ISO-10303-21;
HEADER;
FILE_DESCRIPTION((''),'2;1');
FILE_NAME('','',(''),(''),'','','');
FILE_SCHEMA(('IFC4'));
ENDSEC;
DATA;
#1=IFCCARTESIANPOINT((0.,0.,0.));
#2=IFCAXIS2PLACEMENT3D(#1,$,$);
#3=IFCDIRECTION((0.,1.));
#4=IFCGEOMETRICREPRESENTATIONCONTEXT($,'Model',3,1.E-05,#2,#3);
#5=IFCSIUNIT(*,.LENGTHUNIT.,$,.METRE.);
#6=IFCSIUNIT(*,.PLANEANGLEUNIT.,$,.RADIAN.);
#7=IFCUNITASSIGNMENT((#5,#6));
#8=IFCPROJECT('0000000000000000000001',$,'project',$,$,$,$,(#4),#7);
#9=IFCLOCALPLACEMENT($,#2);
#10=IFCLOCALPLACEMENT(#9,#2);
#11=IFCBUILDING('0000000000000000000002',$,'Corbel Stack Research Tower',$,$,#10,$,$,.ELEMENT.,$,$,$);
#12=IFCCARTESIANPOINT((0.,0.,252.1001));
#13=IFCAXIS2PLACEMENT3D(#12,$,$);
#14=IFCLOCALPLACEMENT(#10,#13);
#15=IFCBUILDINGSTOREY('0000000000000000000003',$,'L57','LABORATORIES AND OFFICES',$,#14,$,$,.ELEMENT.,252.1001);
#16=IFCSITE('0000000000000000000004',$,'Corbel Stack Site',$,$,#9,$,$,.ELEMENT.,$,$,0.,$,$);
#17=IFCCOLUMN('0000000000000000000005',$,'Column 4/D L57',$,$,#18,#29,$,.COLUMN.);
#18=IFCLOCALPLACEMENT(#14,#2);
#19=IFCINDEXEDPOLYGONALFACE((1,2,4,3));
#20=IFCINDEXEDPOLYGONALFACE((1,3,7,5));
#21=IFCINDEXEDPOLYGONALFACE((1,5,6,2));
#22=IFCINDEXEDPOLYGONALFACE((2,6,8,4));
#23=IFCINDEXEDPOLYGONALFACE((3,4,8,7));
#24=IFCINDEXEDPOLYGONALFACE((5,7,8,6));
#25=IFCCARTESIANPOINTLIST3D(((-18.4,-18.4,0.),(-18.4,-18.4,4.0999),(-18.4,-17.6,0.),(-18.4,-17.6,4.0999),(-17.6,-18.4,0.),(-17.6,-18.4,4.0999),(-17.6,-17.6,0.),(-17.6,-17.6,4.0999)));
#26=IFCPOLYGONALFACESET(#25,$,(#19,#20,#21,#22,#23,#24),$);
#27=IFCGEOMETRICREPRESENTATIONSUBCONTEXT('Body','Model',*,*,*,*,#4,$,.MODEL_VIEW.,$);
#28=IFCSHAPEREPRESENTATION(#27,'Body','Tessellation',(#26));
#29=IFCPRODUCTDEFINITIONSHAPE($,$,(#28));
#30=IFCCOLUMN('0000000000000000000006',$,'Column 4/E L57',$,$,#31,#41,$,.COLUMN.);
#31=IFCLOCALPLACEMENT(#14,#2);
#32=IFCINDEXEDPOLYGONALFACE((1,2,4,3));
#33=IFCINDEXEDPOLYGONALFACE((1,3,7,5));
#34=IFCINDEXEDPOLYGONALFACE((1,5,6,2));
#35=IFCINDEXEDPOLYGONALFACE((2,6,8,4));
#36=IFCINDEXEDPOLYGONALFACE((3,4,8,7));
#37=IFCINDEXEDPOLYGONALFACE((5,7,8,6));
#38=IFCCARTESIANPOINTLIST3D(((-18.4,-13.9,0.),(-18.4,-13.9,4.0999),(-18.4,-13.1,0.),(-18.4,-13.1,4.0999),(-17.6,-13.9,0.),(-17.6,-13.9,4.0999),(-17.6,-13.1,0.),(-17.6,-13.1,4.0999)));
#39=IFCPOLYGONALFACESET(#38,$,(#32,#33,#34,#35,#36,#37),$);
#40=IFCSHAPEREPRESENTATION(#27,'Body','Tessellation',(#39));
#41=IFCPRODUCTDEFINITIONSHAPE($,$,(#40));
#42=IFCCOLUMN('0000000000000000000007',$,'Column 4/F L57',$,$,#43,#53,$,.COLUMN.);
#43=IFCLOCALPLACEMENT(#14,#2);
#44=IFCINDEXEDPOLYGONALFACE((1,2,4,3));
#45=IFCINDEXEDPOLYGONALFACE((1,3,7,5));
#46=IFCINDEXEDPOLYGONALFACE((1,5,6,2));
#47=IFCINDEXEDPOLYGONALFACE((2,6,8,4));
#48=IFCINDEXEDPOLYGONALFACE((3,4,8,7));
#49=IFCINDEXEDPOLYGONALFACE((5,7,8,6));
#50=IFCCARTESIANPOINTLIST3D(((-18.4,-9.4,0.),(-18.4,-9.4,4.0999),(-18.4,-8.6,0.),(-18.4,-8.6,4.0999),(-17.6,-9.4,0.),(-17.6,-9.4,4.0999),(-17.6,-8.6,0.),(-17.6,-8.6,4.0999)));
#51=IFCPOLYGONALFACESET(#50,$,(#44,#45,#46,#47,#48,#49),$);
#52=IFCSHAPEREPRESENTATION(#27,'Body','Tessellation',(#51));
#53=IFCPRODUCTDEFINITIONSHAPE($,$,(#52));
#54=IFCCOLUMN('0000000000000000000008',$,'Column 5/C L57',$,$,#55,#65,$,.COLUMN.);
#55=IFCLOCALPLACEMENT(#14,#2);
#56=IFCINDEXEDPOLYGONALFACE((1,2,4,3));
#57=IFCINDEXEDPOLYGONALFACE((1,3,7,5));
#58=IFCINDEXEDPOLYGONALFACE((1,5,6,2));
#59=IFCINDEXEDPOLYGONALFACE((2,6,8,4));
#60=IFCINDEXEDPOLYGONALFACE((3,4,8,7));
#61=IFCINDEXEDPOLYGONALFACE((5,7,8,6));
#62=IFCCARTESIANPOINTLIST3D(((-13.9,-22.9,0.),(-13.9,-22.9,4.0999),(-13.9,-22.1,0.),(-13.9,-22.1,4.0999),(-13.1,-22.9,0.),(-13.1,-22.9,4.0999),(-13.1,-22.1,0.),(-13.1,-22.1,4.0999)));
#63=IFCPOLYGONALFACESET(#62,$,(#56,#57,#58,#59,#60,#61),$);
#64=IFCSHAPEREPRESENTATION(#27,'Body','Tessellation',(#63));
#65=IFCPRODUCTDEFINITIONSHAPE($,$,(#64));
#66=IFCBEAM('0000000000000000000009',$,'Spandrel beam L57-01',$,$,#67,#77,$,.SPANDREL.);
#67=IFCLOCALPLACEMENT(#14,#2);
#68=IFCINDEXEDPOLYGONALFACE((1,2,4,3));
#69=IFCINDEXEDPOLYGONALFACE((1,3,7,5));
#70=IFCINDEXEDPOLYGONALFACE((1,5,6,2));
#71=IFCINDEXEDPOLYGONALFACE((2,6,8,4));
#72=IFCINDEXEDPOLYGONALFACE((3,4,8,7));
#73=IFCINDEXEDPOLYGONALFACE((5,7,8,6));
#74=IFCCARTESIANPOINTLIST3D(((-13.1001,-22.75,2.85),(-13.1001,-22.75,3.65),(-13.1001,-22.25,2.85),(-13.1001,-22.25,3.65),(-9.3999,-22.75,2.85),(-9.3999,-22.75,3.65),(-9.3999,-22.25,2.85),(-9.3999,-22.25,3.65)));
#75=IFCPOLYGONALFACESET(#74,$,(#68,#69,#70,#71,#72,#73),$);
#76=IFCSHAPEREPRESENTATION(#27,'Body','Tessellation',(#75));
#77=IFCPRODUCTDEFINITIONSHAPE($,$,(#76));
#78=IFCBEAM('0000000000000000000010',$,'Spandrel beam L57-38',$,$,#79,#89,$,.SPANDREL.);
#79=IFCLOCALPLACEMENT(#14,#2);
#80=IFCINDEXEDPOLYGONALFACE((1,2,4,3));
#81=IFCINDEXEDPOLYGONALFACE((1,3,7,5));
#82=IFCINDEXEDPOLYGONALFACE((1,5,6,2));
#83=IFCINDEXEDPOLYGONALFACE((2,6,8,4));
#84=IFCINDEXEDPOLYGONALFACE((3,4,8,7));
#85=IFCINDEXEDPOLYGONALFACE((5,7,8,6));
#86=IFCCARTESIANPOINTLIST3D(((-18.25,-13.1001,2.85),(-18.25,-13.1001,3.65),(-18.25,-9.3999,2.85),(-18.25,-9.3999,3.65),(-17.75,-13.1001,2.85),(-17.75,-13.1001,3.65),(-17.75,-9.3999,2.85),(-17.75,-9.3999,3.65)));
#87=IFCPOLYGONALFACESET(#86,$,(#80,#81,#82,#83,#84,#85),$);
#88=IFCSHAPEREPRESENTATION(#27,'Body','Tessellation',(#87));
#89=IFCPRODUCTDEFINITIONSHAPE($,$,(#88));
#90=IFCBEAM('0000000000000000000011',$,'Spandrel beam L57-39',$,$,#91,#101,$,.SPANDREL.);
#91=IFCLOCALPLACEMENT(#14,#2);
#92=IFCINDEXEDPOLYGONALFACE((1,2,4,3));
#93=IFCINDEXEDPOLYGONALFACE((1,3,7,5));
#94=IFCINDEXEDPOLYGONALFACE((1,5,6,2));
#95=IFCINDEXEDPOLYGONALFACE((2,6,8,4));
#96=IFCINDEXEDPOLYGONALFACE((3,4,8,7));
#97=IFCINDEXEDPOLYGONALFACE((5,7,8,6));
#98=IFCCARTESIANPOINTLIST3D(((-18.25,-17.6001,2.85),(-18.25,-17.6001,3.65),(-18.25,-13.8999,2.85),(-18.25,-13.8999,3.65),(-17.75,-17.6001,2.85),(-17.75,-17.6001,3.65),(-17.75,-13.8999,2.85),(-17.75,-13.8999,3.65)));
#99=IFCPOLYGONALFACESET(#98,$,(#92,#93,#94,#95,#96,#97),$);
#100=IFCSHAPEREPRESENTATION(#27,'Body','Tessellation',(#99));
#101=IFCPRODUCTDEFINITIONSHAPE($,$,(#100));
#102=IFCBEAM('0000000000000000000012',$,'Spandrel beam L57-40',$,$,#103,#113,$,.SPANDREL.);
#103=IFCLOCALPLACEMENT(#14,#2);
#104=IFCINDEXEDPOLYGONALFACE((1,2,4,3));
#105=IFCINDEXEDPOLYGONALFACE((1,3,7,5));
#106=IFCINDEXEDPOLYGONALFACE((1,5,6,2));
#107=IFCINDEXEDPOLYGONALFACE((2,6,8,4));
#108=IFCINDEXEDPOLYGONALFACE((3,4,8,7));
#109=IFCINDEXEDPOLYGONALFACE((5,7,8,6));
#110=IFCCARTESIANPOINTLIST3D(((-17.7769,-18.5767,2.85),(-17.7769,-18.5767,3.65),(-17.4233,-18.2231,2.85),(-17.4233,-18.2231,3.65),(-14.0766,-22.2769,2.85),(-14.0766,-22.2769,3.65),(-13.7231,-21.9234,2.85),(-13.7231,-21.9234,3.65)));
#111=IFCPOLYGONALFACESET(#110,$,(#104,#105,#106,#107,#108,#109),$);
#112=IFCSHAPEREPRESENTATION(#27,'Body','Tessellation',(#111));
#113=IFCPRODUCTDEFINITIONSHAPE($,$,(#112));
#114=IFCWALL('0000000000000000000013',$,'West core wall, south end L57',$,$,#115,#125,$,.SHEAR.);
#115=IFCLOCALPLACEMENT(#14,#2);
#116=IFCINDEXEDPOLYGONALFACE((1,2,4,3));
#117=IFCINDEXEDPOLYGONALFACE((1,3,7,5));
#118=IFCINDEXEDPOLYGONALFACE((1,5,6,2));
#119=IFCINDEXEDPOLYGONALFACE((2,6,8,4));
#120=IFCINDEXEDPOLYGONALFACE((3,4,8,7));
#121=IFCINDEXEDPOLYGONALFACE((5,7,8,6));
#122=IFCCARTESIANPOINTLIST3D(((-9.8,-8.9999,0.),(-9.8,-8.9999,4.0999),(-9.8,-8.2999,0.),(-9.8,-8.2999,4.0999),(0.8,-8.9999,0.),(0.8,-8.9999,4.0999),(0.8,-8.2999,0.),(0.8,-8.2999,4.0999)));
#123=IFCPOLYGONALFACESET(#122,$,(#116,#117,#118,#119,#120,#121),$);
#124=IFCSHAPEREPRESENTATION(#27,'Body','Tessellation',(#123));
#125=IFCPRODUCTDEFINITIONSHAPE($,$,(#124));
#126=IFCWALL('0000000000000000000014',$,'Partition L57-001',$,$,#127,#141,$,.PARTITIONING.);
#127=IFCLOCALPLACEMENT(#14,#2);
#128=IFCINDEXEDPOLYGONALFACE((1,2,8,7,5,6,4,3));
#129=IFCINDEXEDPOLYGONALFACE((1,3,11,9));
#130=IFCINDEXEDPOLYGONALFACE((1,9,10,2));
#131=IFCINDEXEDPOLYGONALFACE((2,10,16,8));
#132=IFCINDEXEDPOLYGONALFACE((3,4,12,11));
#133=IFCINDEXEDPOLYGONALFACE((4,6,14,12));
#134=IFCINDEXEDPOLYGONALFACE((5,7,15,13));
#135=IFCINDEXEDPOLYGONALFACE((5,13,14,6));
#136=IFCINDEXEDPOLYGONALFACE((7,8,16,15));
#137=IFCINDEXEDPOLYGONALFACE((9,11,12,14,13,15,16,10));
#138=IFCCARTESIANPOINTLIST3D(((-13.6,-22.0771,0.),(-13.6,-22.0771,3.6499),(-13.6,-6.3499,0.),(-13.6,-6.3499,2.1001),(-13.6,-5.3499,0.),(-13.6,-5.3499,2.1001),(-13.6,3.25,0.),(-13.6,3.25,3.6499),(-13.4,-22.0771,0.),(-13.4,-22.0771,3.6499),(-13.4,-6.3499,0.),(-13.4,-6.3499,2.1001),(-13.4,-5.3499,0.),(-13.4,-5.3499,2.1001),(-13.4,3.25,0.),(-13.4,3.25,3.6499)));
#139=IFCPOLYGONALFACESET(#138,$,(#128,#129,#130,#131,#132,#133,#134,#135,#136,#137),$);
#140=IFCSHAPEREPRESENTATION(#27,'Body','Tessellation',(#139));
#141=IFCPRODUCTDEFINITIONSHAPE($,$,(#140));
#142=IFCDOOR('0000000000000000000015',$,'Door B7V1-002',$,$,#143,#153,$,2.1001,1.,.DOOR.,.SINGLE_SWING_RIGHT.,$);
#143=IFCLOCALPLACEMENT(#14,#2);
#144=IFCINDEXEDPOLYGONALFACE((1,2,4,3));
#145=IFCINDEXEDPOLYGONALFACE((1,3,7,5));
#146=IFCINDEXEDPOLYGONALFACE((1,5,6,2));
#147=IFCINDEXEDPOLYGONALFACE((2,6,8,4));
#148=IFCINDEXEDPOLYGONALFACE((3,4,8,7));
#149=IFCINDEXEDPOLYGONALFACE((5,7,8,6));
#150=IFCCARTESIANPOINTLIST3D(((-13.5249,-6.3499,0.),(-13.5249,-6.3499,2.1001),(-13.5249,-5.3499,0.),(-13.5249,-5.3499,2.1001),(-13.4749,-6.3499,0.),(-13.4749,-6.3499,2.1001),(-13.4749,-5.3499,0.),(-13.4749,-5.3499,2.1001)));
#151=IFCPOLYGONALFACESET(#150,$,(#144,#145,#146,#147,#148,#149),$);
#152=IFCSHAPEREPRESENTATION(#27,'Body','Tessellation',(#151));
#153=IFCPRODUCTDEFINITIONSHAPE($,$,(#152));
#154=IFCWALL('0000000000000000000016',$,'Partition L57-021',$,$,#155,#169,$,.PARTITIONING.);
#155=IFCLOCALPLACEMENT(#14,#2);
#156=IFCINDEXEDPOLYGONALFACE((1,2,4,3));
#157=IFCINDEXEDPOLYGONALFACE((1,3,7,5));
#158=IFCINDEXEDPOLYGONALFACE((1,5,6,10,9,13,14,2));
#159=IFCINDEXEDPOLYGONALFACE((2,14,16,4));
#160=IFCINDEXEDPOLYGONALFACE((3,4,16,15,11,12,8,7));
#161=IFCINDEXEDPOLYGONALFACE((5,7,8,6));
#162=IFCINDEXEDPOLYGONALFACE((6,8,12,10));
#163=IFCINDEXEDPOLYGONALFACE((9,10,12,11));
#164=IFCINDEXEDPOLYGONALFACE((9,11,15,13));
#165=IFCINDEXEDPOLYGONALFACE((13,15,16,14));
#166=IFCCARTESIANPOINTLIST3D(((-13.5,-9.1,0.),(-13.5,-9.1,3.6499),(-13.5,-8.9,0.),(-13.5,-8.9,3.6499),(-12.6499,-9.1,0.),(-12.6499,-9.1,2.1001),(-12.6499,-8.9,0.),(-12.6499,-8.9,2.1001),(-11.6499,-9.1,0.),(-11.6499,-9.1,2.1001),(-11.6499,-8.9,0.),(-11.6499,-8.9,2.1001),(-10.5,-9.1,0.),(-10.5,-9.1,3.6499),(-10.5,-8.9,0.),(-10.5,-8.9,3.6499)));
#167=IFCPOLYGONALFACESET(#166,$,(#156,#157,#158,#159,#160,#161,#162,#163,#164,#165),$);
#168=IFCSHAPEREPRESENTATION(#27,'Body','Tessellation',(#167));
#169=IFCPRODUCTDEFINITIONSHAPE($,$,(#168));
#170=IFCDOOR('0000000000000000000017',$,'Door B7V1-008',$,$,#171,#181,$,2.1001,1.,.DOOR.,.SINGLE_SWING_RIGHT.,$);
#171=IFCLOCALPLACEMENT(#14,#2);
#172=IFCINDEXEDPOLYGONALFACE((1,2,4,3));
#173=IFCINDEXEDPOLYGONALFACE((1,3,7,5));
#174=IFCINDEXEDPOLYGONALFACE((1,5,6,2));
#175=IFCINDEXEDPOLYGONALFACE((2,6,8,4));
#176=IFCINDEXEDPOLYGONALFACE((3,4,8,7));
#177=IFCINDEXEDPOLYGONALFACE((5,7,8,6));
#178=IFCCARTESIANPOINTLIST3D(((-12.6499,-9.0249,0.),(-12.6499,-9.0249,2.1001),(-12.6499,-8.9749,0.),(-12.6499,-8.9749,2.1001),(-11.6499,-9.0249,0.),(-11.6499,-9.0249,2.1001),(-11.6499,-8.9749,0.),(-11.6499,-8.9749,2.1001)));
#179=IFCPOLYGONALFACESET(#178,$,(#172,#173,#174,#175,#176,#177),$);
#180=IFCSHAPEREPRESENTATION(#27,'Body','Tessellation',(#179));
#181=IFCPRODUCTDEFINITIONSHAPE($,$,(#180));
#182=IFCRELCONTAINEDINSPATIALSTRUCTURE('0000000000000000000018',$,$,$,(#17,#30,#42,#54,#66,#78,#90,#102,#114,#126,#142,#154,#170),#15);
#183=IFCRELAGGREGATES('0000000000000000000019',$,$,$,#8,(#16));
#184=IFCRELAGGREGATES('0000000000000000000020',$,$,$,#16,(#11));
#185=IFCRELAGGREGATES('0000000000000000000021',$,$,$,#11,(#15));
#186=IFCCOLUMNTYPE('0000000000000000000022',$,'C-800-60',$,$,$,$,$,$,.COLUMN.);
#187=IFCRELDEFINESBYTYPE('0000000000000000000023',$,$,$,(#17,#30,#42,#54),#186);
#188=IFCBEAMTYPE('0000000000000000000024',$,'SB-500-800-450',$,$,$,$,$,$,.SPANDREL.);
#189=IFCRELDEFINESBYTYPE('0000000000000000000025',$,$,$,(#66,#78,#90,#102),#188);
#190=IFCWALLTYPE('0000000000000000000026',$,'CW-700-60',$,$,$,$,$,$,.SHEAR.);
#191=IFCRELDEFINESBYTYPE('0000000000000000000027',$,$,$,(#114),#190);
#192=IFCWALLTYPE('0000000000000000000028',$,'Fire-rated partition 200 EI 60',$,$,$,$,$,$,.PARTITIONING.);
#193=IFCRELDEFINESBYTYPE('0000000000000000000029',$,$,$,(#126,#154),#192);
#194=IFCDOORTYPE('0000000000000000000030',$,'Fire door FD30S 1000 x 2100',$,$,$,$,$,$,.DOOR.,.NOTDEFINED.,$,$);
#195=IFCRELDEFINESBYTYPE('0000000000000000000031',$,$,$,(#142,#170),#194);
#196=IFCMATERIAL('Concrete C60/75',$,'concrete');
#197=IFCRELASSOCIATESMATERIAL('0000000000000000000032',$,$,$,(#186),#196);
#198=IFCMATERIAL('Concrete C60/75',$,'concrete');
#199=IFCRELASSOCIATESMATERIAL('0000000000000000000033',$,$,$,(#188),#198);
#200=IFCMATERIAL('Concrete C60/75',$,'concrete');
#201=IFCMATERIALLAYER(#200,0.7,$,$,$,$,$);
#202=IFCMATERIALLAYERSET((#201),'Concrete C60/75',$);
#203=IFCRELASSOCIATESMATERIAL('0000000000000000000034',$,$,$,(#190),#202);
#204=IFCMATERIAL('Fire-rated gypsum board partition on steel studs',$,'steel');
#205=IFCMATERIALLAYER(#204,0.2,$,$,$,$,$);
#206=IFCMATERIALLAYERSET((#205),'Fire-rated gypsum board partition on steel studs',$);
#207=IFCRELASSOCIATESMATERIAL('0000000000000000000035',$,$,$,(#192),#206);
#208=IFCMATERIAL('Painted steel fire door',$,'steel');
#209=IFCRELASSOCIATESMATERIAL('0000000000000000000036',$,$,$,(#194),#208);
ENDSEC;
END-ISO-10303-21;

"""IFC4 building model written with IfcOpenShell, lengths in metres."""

from ifc_helpers import new_model, si_unit, direction, frame, frame_2d, origin, origin_2d, place, context, subcontext, project, spatial, rectangle, extrude, material, layer, layer_set, material_profile, profile_set, type_object, element, fill, save


model = new_model("IFC4")

# Units and contexts
model_context = context("Model", 3, precision=1e-05, world=origin(), true_north=direction((0.0, 1.0)))
body_context = subcontext(model_context, "Body", "Model", "MODEL_VIEW")
ifc_project = project(units=[si_unit("LENGTHUNIT", "METRE"), si_unit("PLANEANGLEUNIT", "RADIAN")], contexts=[model_context])

# Site, building, storey
site_placement = place(None, origin())
site = spatial("IfcSite", under=ifc_project, at=site_placement, Name="Corbel Stack Site", CompositionType="ELEMENT", RefElevation=0.0)
building_placement = place(site_placement, origin())
building = spatial("IfcBuilding", under=site, at=building_placement, Name="Corbel Stack Research Tower", CompositionType="ELEMENT")
storey_placement = place(building_placement, frame((0.0, 0.0, 252.1001)))
storey = spatial("IfcBuildingStorey", under=building, at=storey_placement, Name="L57", Description="LABORATORIES AND OFFICES", CompositionType="ELEMENT", Elevation=252.1001)

# Columns
ifc_material_1 = material(Name="Concrete C60/75", Category="concrete")
ifc_material_profile_1 = material_profile(ifc_material_1, rectangle(XDim=0.8, YDim=0.8, at=origin_2d()), Name="RC 800 x 800")
ifc_profile_set_1 = profile_set([ifc_material_profile_1], Name="Concrete C60/75")
column_type = type_object("IfcColumnType", Name="C-800-60", PredefinedType="COLUMN", material=ifc_profile_set_1)
for number, where, z_axis, x_axis, name in (
    (1, (-18.0, -18.0, 0.0), (0.0, 0.0, 1.0), (1.0, 0.0, 0.0), "Column 4/D L57"),
    (2, (-18.0, -13.5, 0.0), (0.0, 0.0, 1.0), (1.0, 0.0, 0.0), "Column 4/E L57"),
    (3, (-18.0, -9.0, 0.0), (0.0, 0.0, 1.0), (1.0, 0.0, 0.0), "Column 4/F L57"),
    (4, (-13.5, -22.5, 0.0), (0.0, 0.0, 1.0), (1.0, 0.0, 0.0), "Column 5/C L57"),
):
    element("IfcColumn", number, at=place(storey_placement, frame(where, z_axis=z_axis, x_axis=x_axis)), inside=storey, type_object=column_type, Name=name, PredefinedType="COLUMN", context=body_context, shape_type="SweptSolid", body=[
        extrude(rectangle(XDim=0.8, YDim=0.8, at=origin_2d()), origin(), (0.0, 0.0, 1.0), 4.0999),
    ])

# Beams
ifc_material_2 = material(Name="Concrete C60/75", Category="concrete")
ifc_material_profile_2 = material_profile(ifc_material_2, rectangle(XDim=0.5, YDim=0.8, at=origin_2d()), Name="RC 500 x 800")
ifc_profile_set_2 = profile_set([ifc_material_profile_2], Name="Concrete C60/75")
beam_type = type_object("IfcBeamType", Name="SB-500-800-450", PredefinedType="SPANDREL", material=ifc_profile_set_2)
for number, where, z_axis, x_axis, name in (
    (5, (-13.1001, -22.5, 3.25), (1.0, 0.0, 0.0), (0.0, 1.0, 0.0), "Spandrel beam L57-01"),
    (6, (-18.0, -9.3999, 3.25), (0.0, -1.0, 0.0), (1.0, 0.0, 0.0), "Spandrel beam L57-38"),
    (7, (-18.0, -13.8999, 3.25), (0.0, -1.0, 0.0), (1.0, 0.0, 0.0), "Spandrel beam L57-39"),
):
    element("IfcBeam", number, at=place(storey_placement, frame(where, z_axis=z_axis, x_axis=x_axis)), inside=storey, type_object=beam_type, Name=name, PredefinedType="SPANDREL", context=body_context, shape_type="SweptSolid", body=[
        extrude(rectangle(XDim=0.5, YDim=0.8, at=origin_2d()), origin(), (0.0, 0.0, 1.0), 3.7002),
    ])
beam_placement = place(storey_placement, frame((-17.6001, -18.3999, 3.25), z_axis=(0.707107, -0.707107, 0.0), x_axis=(0.707107, 0.707107, 0.0)))
element("IfcBeam", 8, at=beam_placement, inside=storey, type_object=beam_type, Name="Spandrel beam L57-40", PredefinedType="SPANDREL", context=body_context, shape_type="SweptSolid", body=[
    extrude(rectangle(XDim=0.5, YDim=0.8, at=origin_2d()), origin(), (0.0, 0.0, 1.0), 5.2329),
])

# Shared definitions
ifc_material_3 = material(Name="Concrete C60/75", Category="concrete")
ifc_layer_1 = layer(ifc_material_3, 0.7)
ifc_layer_set_1 = layer_set([ifc_layer_1], Name="Concrete C60/75")
wall_type_1 = type_object("IfcWallType", Name="CW-700-60", PredefinedType="SHEAR", material=ifc_layer_set_1)

# Wall
wall_1_placement = place(storey_placement, frame((-9.8, -8.6499, 0.0), z_axis=(0.0, 0.0, 1.0), x_axis=(1.0, 0.0, 0.0)))
element("IfcWall", 9, at=wall_1_placement, inside=storey, type_object=wall_type_1, Name="West core wall, south end L57", PredefinedType="SHEAR", context=body_context, shape_type="SweptSolid", body=[
    extrude(rectangle(XDim=10.6001, YDim=0.7, at=frame_2d((5.3, 0.0))), origin(), (0.0, 0.0, 1.0), 4.0999),
])

# Walls, openings, doors
ifc_material_4 = material(Name="Fire-rated gypsum board partition on steel studs", Category="steel")
ifc_layer_2 = layer(ifc_material_4, 0.2)
ifc_layer_set_2 = layer_set([ifc_layer_2], Name="Fire-rated gypsum board partition on steel studs")
wall_type_2 = type_object("IfcWallType", Name="Fire-rated partition 200 EI 60", PredefinedType="PARTITIONING", material=ifc_layer_set_2)
wall_2_placement = place(storey_placement, frame((-13.5, -22.0771, 0.0), z_axis=(0.0, 0.0, 1.0), x_axis=(0.0, 1.0, 0.0)))
wall_2 = element("IfcWall", 10, at=wall_2_placement, inside=storey, type_object=wall_type_2, Name="Partition L57-001", PredefinedType="PARTITIONING", context=body_context, shape_type="SweptSolid", body=[
    extrude(rectangle(XDim=25.3271, YDim=0.2, at=frame_2d((12.6636, 0.0))), origin(), (0.0, 0.0, 1.0), 3.6499),
])
opening_1_placement = place(wall_2_placement, frame((15.7273, 0.0, 0.0)))
opening_1 = element("IfcOpeningElement", 11, at=opening_1_placement, cuts=wall_2, PredefinedType="OPENING", context=body_context, shape_type="SweptSolid", body=[
    extrude(rectangle(XDim=1.0, YDim=2.1001, at=frame_2d((0.5, 1.05))), frame((0.0, 0.1099, 0.0), z_axis=(0.0, -1.0, 0.0), x_axis=(1.0, 0.0, 0.0)), (0.0, 0.0, 1.0), 0.22),
])
ifc_material_5 = material(Name="Painted steel fire door", Category="steel")
door_type_1 = type_object("IfcDoorType", Name="Fire door FD30S 1000 x 2100", OperationType="NOTDEFINED", PredefinedType="DOOR", material=ifc_material_5)
door_1_placement = place(opening_1_placement, origin())
door_1 = element("IfcDoor", 12, at=door_1_placement, inside=storey, type_object=door_type_1, Name="Door B7V1-002", OperationType="SINGLE_SWING_RIGHT", OverallHeight=2.1001, OverallWidth=1.0, PredefinedType="DOOR", context=body_context, shape_type="SweptSolid", body=[
    extrude(rectangle(XDim=1.0, YDim=2.1001, at=frame_2d((0.5, 1.05))), frame((0.0, 0.0249, 0.0), z_axis=(0.0, -1.0, 0.0), x_axis=(1.0, 0.0, 0.0)), (0.0, 0.0, 1.0), 0.05),
])
fill(opening_1, door_1)
wall_3_placement = place(storey_placement, frame((-10.5, -9.0, 0.0), z_axis=(0.0, 0.0, 1.0), x_axis=(-1.0, 0.0, 0.0)))
wall_3 = element("IfcWall", 13, at=wall_3_placement, inside=storey, type_object=wall_type_2, Name="Partition L57-021", PredefinedType="PARTITIONING", context=body_context, shape_type="SweptSolid", body=[
    extrude(rectangle(XDim=3.0, YDim=0.2, at=frame_2d((1.5, 0.0))), origin(), (0.0, 0.0, 1.0), 3.6499),
])
opening_2_placement = place(wall_3_placement, frame((1.1499, 0.0, 0.0)))
opening_2 = element("IfcOpeningElement", 14, at=opening_2_placement, cuts=wall_3, PredefinedType="OPENING", context=body_context, shape_type="SweptSolid", body=[
    extrude(rectangle(XDim=1.0, YDim=2.1001, at=frame_2d((0.5, 1.05))), frame((0.0, 0.1099, 0.0), z_axis=(0.0, -1.0, 0.0), x_axis=(1.0, 0.0, 0.0)), (0.0, 0.0, 1.0), 0.22),
])
door_2_placement = place(opening_2_placement, origin())
door_2 = element("IfcDoor", 15, at=door_2_placement, inside=storey, type_object=door_type_1, Name="Door B7V1-008", OperationType="SINGLE_SWING_RIGHT", OverallHeight=2.1001, OverallWidth=1.0, PredefinedType="DOOR", context=body_context, shape_type="SweptSolid", body=[
    extrude(rectangle(XDim=1.0, YDim=2.1001, at=frame_2d((0.5, 1.05))), frame((0.0, 0.0249, 0.0), z_axis=(0.0, -1.0, 0.0), x_axis=(1.0, 0.0, 0.0)), (0.0, 0.0, 1.0), 0.05),
])
fill(opening_2, door_2)

save(model, "model.ifc")
